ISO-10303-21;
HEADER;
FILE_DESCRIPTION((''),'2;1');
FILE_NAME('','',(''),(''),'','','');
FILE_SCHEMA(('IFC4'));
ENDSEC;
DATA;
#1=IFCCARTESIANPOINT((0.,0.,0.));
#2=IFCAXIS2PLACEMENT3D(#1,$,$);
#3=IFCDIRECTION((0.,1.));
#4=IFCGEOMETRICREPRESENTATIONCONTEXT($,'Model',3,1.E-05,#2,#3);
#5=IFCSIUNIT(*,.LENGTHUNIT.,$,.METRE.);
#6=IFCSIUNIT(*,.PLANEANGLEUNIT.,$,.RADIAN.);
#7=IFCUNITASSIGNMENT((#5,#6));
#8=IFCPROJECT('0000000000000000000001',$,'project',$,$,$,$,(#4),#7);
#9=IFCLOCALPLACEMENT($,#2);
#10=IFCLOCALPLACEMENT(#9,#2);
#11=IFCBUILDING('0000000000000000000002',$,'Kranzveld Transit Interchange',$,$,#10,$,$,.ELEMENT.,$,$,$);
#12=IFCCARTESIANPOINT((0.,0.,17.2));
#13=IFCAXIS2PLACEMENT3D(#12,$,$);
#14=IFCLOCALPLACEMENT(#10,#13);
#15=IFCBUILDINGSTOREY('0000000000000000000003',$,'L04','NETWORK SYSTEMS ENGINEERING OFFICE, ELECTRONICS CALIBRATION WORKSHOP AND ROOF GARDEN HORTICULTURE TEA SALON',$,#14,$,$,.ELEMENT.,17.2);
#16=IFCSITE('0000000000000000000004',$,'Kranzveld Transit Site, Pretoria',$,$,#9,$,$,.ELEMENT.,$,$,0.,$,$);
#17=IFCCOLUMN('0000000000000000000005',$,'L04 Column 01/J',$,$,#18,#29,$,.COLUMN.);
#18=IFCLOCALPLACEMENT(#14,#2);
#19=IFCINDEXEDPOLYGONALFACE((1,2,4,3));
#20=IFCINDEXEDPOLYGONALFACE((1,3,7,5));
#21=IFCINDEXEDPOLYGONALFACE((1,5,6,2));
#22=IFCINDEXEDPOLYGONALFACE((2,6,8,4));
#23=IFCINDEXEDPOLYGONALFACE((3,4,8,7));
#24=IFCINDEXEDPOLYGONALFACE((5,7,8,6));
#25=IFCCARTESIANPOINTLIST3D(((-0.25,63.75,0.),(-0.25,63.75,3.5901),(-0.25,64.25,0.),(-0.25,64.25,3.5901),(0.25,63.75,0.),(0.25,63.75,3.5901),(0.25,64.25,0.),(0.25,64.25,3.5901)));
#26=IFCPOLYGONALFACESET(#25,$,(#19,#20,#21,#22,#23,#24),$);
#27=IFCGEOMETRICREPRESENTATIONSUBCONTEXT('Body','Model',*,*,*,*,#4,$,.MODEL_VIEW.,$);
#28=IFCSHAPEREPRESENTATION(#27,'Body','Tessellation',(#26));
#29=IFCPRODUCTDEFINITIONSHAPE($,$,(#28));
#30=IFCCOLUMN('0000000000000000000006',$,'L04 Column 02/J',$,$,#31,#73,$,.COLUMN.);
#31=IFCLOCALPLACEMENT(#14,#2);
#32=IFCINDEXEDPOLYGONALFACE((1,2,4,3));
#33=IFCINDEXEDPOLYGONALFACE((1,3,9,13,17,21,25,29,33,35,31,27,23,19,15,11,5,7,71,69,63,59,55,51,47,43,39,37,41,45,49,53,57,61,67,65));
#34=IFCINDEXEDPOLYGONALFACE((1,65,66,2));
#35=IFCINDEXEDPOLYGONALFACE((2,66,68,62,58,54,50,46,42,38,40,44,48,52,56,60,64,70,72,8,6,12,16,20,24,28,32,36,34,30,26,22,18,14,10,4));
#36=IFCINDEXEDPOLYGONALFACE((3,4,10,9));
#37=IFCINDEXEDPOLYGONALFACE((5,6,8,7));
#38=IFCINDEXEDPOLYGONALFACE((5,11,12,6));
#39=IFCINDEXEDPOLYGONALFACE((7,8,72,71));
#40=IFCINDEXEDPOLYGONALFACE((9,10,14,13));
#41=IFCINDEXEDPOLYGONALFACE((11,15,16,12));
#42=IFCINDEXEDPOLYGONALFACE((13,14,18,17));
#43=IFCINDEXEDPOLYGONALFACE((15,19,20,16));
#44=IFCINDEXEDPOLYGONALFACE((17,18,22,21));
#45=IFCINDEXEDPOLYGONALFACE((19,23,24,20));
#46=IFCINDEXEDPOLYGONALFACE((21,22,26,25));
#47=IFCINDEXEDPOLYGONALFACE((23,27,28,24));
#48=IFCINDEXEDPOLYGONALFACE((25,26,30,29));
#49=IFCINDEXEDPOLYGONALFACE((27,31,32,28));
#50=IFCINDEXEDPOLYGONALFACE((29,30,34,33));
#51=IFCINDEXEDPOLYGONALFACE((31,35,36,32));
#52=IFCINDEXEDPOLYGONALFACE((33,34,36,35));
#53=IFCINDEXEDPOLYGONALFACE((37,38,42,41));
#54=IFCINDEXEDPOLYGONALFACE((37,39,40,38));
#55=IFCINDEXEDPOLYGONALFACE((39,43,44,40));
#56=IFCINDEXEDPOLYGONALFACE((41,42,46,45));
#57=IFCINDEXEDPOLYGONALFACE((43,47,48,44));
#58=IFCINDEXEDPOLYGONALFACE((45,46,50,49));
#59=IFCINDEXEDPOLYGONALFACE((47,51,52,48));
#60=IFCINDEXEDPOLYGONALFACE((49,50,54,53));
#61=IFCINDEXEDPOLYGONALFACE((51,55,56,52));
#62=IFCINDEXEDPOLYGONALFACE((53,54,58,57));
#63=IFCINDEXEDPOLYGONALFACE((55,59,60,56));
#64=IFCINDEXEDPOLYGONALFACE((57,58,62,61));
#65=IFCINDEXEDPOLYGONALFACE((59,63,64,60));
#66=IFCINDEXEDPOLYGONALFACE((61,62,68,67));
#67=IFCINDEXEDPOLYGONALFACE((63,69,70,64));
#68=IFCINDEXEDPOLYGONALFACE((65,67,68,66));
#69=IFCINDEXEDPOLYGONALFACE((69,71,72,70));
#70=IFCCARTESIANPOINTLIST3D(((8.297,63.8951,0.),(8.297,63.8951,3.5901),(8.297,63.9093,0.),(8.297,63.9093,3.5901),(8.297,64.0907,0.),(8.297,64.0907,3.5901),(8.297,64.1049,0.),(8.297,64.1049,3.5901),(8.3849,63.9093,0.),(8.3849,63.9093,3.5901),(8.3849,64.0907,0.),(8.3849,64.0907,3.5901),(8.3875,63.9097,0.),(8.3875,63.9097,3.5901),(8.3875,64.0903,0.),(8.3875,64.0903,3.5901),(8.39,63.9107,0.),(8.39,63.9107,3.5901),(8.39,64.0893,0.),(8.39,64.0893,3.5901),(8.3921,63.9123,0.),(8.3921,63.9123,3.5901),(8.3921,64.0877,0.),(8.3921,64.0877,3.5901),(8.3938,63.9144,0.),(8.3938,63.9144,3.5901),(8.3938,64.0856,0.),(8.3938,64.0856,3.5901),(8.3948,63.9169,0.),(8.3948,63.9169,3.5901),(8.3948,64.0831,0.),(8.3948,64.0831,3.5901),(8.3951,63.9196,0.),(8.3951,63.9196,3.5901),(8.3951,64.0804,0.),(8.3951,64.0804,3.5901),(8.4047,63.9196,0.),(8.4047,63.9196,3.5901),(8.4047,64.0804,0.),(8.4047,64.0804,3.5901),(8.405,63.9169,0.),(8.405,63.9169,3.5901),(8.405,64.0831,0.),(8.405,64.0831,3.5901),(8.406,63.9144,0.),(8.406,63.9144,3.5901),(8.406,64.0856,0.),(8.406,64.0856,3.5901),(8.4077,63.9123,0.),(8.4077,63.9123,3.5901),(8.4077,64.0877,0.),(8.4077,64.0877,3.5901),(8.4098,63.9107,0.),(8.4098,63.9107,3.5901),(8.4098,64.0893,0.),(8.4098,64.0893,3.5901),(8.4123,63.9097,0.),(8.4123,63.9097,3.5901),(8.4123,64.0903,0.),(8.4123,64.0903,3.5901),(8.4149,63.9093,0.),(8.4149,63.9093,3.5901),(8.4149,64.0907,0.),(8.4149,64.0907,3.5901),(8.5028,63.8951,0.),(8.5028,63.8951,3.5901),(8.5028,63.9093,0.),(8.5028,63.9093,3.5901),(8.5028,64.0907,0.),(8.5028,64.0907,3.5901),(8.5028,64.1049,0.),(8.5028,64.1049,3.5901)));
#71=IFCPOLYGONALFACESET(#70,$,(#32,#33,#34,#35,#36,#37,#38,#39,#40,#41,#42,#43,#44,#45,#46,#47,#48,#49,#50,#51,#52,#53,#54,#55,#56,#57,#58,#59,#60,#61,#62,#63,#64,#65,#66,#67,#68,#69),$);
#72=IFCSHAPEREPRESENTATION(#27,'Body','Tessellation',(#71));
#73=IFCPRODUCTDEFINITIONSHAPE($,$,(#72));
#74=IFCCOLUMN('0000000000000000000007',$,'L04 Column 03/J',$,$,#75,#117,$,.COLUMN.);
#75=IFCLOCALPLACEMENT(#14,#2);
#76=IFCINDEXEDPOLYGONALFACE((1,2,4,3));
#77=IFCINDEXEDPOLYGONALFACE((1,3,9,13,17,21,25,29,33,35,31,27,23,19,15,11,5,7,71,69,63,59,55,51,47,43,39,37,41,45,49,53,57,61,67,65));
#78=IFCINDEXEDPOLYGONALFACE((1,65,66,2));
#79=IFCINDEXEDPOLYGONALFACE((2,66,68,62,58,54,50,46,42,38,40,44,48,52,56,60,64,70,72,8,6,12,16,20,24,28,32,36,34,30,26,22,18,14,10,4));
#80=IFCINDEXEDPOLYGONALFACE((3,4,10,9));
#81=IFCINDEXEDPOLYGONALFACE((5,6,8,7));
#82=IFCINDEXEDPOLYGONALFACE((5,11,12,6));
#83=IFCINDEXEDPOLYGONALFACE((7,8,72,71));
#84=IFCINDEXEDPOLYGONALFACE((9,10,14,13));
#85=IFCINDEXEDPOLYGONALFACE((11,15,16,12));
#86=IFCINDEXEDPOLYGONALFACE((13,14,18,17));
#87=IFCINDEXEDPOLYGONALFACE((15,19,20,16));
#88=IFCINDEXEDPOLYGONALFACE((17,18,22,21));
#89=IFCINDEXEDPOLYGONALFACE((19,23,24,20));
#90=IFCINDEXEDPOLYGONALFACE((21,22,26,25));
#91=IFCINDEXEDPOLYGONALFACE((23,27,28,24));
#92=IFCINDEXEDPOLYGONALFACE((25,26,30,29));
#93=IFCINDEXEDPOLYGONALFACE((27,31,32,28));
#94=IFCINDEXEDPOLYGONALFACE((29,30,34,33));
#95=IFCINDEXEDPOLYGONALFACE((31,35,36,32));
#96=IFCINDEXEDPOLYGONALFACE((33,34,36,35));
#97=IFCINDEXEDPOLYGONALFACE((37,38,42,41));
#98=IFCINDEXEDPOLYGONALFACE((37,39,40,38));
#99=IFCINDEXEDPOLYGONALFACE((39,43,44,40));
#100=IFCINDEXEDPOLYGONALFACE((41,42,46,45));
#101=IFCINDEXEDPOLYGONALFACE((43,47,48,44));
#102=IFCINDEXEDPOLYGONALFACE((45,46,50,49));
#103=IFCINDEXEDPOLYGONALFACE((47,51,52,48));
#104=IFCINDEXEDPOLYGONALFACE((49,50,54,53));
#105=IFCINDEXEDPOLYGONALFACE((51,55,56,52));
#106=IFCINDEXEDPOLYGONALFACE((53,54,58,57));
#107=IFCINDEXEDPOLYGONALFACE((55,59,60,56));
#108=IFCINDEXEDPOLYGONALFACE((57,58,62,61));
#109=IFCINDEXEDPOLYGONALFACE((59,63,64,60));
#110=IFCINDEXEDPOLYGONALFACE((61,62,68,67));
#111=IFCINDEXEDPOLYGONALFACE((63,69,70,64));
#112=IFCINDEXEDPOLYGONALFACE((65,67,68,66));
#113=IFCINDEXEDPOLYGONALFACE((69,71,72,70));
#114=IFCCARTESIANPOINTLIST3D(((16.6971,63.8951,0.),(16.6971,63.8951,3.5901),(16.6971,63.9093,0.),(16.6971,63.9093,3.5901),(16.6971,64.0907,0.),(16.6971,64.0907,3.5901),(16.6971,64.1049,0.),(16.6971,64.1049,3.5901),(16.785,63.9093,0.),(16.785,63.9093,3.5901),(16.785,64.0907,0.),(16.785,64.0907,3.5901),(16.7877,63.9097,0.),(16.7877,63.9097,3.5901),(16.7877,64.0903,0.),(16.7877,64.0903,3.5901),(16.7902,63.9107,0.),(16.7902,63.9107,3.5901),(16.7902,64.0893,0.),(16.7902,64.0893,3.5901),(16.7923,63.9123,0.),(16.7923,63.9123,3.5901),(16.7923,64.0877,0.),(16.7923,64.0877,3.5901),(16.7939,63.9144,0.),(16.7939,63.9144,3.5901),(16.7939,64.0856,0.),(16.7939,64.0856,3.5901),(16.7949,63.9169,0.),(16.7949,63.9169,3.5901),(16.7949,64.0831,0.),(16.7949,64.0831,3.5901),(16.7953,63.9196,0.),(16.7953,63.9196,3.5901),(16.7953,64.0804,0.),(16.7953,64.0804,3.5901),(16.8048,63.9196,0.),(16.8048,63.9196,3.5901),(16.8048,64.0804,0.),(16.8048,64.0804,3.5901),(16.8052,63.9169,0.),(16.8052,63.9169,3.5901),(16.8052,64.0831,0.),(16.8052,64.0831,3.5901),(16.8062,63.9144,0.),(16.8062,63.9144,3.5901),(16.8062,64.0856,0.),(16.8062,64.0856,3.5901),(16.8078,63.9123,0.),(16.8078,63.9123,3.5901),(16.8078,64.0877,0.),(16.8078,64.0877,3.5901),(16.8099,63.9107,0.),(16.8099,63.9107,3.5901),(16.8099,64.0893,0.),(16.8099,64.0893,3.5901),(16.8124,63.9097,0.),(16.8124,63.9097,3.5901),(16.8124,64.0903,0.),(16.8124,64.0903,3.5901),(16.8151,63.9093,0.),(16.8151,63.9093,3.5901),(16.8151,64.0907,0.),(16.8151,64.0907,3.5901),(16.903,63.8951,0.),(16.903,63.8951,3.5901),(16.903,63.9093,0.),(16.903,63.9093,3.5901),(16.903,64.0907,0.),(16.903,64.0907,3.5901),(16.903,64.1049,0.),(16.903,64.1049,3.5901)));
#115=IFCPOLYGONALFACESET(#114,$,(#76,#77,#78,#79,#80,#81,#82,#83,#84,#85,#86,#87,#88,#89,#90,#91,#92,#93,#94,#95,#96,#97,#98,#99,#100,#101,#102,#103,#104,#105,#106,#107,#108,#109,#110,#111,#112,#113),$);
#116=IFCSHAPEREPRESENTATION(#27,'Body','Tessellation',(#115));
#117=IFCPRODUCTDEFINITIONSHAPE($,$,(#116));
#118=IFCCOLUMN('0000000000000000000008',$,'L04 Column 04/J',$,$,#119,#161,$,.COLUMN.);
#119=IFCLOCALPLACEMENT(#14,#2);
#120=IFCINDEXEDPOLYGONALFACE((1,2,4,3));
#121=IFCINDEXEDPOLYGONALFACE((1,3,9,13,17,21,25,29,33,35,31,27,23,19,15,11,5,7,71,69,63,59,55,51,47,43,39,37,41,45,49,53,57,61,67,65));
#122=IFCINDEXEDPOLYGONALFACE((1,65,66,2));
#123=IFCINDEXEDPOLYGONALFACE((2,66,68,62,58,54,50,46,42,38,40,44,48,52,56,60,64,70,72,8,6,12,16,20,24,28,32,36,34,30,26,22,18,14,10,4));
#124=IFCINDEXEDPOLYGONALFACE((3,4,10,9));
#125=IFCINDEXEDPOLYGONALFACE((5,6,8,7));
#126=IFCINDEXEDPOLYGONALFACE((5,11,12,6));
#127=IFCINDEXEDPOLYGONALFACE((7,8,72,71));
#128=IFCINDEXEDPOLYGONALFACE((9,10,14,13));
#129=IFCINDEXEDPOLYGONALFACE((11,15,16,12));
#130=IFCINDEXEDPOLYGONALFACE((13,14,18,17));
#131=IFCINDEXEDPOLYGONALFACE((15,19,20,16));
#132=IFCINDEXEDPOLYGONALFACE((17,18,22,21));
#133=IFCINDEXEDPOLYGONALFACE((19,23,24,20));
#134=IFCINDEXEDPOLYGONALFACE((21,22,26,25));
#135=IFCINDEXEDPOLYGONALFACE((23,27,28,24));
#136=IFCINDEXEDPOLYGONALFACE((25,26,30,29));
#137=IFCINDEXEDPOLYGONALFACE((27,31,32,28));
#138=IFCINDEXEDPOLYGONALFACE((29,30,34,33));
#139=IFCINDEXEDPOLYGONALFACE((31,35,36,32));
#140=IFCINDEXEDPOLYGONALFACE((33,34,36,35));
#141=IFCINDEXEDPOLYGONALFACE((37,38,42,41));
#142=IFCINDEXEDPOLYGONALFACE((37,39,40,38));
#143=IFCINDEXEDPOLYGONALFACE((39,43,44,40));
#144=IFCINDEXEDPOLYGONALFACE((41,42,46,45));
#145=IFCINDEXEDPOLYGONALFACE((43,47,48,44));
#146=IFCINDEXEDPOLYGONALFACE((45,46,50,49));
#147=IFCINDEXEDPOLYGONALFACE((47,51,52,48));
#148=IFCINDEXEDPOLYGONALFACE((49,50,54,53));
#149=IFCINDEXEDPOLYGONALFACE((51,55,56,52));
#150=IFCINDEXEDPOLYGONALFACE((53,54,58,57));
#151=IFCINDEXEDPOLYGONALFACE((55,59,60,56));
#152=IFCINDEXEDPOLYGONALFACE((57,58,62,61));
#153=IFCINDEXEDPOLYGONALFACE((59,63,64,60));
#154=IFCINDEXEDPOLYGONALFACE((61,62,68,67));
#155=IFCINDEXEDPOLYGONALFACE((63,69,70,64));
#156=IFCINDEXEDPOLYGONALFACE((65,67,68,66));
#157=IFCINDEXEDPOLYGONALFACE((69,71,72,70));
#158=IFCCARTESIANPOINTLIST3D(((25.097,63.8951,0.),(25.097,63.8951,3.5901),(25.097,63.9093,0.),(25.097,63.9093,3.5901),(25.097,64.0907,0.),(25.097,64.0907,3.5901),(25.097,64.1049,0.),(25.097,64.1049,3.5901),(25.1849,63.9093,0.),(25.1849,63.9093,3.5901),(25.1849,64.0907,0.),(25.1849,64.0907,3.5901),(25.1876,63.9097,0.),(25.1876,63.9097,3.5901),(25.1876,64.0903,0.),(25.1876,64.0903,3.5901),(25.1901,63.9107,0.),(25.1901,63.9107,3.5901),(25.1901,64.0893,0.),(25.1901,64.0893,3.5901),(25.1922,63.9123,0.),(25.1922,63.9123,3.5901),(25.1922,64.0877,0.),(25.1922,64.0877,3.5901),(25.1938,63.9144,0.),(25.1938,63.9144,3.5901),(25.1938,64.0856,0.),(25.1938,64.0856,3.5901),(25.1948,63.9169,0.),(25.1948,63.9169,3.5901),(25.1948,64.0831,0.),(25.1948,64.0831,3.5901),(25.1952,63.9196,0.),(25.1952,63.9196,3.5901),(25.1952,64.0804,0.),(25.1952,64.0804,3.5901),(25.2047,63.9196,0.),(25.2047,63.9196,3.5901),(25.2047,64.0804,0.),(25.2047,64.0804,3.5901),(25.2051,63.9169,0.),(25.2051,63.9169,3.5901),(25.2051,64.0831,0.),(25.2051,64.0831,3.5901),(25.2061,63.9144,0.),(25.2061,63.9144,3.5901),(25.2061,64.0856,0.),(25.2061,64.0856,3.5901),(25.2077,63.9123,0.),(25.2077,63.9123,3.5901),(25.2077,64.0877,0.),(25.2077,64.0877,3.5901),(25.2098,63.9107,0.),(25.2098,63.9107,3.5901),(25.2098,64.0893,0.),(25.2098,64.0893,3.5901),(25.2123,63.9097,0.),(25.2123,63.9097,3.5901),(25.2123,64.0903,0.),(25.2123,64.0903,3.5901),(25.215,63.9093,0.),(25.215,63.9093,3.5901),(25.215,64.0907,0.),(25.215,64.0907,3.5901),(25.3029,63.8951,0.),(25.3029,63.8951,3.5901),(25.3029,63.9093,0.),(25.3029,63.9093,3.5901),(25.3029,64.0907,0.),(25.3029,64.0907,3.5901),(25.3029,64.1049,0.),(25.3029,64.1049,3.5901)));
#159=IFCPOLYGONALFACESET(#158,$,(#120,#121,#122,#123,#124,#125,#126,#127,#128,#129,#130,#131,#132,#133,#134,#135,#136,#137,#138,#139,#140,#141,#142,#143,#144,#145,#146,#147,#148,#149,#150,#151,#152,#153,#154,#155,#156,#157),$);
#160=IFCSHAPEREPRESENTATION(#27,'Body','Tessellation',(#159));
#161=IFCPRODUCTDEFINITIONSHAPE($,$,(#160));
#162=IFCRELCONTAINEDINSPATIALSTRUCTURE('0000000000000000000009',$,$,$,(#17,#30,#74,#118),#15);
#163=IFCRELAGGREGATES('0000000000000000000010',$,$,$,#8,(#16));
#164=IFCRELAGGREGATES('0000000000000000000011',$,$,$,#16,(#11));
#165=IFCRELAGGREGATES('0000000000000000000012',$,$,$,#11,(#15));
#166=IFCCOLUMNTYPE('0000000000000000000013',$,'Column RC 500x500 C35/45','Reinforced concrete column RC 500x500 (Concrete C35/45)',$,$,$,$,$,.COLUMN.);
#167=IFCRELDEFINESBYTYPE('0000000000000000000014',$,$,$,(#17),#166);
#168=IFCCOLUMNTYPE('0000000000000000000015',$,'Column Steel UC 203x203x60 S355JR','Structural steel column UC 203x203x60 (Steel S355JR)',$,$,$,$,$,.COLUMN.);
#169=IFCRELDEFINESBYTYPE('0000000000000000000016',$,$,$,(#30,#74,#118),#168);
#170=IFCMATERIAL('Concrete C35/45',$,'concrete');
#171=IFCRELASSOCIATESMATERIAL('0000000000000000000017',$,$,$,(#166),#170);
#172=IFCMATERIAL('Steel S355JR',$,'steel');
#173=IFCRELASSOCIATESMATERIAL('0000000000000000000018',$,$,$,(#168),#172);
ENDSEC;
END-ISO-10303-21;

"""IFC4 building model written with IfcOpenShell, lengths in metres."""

from ifc_helpers import new_model, si_unit, direction, frame, origin, origin_2d, place, context, subcontext, project, spatial, rectangle, i_section, extrude, material, material_profile, profile_set, type_object, element, save


model = new_model("IFC4")

# Units and contexts
model_context = context("Model", 3, precision=1e-05, world=origin(), true_north=direction((0.0, 1.0)))
body_context = subcontext(model_context, "Body", "Model", "MODEL_VIEW")
ifc_project = project(units=[si_unit("LENGTHUNIT", "METRE"), si_unit("PLANEANGLEUNIT", "RADIAN")], contexts=[model_context])

# Site, building, storey
site_placement = place(None, origin())
site = spatial("IfcSite", under=ifc_project, at=site_placement, Name="Kranzveld Transit Site, Pretoria", CompositionType="ELEMENT", RefElevation=0.0)
building_placement = place(site_placement, origin())
building = spatial("IfcBuilding", under=site, at=building_placement, Name="Kranzveld Transit Interchange", CompositionType="ELEMENT")
storey_placement = place(building_placement, frame((0.0, 0.0, 17.2)))
storey = spatial("IfcBuildingStorey", under=building, at=storey_placement, Name="L04", Description="NETWORK SYSTEMS ENGINEERING OFFICE, ELECTRONICS CALIBRATION WORKSHOP AND ROOF GARDEN HORTICULTURE TEA SALON", CompositionType="ELEMENT", Elevation=17.2)

# Columns
ifc_material_1 = material(Name="Concrete C35/45", Category="concrete")
ifc_material_profile_1 = material_profile(ifc_material_1, rectangle(XDim=0.5, YDim=0.5, at=origin_2d()), Name="RC 500x500")
ifc_profile_set_1 = profile_set([ifc_material_profile_1], Name="Concrete C35/45")
column_type_1 = type_object("IfcColumnType", Name="Column RC 500x500 C35/45", Description="Reinforced concrete column RC 500x500 (Concrete C35/45)", PredefinedType="COLUMN", material=ifc_profile_set_1)
column_placement = place(storey_placement, frame((0.0, 64.0, 0.0), z_axis=(0.0, 0.0, 1.0), x_axis=(1.0, 0.0, 0.0)))
element("IfcColumn", 1, at=column_placement, inside=storey, type_object=column_type_1, Name="L04 Column 01/J", PredefinedType="COLUMN", context=body_context, shape_type="SweptSolid", body=[
    extrude(rectangle(XDim=0.5, YDim=0.5, at=origin_2d()), origin(), (0.0, 0.0, 1.0), 3.5901),
])
ifc_material_2 = material(Name="Steel S355JR", Category="steel")
ifc_material_profile_2 = material_profile(ifc_material_2, i_section(OverallWidth=0.2058, OverallDepth=0.2097, WebThickness=0.0095, FlangeThickness=0.0142, FilletRadius=0.0103, at=origin_2d()), Name="UC 203x203x60")
ifc_profile_set_2 = profile_set([ifc_material_profile_2], Name="Steel S355JR")
column_type_2 = type_object("IfcColumnType", Name="Column Steel UC 203x203x60 S355JR", Description="Structural steel column UC 203x203x60 (Steel S355JR)", PredefinedType="COLUMN", material=ifc_profile_set_2)
for number, where, z_axis, x_axis, name in (
    (2, (8.3999, 64.0, 0.0), (0.0, 0.0, 1.0), (1.0, 0.0, 0.0), "L04 Column 02/J"),
    (3, (16.8, 64.0, 0.0), (0.0, 0.0, 1.0), (1.0, 0.0, 0.0), "L04 Column 03/J"),
    (4, (25.2, 64.0, 0.0), (0.0, 0.0, 1.0), (1.0, 0.0, 0.0), "L04 Column 04/J"),
):
    element("IfcColumn", number, at=place(storey_placement, frame(where, z_axis=z_axis, x_axis=x_axis)), inside=storey, type_object=column_type_2, Name=name, PredefinedType="COLUMN", context=body_context, shape_type="SweptSolid", body=[
        extrude(i_section(OverallWidth=0.2058, OverallDepth=0.2097, WebThickness=0.0095, FlangeThickness=0.0142, FilletRadius=0.0103, at=origin_2d()), origin(), (0.0, 0.0, 1.0), 3.5901),
    ])

save(model, "model.ifc")
